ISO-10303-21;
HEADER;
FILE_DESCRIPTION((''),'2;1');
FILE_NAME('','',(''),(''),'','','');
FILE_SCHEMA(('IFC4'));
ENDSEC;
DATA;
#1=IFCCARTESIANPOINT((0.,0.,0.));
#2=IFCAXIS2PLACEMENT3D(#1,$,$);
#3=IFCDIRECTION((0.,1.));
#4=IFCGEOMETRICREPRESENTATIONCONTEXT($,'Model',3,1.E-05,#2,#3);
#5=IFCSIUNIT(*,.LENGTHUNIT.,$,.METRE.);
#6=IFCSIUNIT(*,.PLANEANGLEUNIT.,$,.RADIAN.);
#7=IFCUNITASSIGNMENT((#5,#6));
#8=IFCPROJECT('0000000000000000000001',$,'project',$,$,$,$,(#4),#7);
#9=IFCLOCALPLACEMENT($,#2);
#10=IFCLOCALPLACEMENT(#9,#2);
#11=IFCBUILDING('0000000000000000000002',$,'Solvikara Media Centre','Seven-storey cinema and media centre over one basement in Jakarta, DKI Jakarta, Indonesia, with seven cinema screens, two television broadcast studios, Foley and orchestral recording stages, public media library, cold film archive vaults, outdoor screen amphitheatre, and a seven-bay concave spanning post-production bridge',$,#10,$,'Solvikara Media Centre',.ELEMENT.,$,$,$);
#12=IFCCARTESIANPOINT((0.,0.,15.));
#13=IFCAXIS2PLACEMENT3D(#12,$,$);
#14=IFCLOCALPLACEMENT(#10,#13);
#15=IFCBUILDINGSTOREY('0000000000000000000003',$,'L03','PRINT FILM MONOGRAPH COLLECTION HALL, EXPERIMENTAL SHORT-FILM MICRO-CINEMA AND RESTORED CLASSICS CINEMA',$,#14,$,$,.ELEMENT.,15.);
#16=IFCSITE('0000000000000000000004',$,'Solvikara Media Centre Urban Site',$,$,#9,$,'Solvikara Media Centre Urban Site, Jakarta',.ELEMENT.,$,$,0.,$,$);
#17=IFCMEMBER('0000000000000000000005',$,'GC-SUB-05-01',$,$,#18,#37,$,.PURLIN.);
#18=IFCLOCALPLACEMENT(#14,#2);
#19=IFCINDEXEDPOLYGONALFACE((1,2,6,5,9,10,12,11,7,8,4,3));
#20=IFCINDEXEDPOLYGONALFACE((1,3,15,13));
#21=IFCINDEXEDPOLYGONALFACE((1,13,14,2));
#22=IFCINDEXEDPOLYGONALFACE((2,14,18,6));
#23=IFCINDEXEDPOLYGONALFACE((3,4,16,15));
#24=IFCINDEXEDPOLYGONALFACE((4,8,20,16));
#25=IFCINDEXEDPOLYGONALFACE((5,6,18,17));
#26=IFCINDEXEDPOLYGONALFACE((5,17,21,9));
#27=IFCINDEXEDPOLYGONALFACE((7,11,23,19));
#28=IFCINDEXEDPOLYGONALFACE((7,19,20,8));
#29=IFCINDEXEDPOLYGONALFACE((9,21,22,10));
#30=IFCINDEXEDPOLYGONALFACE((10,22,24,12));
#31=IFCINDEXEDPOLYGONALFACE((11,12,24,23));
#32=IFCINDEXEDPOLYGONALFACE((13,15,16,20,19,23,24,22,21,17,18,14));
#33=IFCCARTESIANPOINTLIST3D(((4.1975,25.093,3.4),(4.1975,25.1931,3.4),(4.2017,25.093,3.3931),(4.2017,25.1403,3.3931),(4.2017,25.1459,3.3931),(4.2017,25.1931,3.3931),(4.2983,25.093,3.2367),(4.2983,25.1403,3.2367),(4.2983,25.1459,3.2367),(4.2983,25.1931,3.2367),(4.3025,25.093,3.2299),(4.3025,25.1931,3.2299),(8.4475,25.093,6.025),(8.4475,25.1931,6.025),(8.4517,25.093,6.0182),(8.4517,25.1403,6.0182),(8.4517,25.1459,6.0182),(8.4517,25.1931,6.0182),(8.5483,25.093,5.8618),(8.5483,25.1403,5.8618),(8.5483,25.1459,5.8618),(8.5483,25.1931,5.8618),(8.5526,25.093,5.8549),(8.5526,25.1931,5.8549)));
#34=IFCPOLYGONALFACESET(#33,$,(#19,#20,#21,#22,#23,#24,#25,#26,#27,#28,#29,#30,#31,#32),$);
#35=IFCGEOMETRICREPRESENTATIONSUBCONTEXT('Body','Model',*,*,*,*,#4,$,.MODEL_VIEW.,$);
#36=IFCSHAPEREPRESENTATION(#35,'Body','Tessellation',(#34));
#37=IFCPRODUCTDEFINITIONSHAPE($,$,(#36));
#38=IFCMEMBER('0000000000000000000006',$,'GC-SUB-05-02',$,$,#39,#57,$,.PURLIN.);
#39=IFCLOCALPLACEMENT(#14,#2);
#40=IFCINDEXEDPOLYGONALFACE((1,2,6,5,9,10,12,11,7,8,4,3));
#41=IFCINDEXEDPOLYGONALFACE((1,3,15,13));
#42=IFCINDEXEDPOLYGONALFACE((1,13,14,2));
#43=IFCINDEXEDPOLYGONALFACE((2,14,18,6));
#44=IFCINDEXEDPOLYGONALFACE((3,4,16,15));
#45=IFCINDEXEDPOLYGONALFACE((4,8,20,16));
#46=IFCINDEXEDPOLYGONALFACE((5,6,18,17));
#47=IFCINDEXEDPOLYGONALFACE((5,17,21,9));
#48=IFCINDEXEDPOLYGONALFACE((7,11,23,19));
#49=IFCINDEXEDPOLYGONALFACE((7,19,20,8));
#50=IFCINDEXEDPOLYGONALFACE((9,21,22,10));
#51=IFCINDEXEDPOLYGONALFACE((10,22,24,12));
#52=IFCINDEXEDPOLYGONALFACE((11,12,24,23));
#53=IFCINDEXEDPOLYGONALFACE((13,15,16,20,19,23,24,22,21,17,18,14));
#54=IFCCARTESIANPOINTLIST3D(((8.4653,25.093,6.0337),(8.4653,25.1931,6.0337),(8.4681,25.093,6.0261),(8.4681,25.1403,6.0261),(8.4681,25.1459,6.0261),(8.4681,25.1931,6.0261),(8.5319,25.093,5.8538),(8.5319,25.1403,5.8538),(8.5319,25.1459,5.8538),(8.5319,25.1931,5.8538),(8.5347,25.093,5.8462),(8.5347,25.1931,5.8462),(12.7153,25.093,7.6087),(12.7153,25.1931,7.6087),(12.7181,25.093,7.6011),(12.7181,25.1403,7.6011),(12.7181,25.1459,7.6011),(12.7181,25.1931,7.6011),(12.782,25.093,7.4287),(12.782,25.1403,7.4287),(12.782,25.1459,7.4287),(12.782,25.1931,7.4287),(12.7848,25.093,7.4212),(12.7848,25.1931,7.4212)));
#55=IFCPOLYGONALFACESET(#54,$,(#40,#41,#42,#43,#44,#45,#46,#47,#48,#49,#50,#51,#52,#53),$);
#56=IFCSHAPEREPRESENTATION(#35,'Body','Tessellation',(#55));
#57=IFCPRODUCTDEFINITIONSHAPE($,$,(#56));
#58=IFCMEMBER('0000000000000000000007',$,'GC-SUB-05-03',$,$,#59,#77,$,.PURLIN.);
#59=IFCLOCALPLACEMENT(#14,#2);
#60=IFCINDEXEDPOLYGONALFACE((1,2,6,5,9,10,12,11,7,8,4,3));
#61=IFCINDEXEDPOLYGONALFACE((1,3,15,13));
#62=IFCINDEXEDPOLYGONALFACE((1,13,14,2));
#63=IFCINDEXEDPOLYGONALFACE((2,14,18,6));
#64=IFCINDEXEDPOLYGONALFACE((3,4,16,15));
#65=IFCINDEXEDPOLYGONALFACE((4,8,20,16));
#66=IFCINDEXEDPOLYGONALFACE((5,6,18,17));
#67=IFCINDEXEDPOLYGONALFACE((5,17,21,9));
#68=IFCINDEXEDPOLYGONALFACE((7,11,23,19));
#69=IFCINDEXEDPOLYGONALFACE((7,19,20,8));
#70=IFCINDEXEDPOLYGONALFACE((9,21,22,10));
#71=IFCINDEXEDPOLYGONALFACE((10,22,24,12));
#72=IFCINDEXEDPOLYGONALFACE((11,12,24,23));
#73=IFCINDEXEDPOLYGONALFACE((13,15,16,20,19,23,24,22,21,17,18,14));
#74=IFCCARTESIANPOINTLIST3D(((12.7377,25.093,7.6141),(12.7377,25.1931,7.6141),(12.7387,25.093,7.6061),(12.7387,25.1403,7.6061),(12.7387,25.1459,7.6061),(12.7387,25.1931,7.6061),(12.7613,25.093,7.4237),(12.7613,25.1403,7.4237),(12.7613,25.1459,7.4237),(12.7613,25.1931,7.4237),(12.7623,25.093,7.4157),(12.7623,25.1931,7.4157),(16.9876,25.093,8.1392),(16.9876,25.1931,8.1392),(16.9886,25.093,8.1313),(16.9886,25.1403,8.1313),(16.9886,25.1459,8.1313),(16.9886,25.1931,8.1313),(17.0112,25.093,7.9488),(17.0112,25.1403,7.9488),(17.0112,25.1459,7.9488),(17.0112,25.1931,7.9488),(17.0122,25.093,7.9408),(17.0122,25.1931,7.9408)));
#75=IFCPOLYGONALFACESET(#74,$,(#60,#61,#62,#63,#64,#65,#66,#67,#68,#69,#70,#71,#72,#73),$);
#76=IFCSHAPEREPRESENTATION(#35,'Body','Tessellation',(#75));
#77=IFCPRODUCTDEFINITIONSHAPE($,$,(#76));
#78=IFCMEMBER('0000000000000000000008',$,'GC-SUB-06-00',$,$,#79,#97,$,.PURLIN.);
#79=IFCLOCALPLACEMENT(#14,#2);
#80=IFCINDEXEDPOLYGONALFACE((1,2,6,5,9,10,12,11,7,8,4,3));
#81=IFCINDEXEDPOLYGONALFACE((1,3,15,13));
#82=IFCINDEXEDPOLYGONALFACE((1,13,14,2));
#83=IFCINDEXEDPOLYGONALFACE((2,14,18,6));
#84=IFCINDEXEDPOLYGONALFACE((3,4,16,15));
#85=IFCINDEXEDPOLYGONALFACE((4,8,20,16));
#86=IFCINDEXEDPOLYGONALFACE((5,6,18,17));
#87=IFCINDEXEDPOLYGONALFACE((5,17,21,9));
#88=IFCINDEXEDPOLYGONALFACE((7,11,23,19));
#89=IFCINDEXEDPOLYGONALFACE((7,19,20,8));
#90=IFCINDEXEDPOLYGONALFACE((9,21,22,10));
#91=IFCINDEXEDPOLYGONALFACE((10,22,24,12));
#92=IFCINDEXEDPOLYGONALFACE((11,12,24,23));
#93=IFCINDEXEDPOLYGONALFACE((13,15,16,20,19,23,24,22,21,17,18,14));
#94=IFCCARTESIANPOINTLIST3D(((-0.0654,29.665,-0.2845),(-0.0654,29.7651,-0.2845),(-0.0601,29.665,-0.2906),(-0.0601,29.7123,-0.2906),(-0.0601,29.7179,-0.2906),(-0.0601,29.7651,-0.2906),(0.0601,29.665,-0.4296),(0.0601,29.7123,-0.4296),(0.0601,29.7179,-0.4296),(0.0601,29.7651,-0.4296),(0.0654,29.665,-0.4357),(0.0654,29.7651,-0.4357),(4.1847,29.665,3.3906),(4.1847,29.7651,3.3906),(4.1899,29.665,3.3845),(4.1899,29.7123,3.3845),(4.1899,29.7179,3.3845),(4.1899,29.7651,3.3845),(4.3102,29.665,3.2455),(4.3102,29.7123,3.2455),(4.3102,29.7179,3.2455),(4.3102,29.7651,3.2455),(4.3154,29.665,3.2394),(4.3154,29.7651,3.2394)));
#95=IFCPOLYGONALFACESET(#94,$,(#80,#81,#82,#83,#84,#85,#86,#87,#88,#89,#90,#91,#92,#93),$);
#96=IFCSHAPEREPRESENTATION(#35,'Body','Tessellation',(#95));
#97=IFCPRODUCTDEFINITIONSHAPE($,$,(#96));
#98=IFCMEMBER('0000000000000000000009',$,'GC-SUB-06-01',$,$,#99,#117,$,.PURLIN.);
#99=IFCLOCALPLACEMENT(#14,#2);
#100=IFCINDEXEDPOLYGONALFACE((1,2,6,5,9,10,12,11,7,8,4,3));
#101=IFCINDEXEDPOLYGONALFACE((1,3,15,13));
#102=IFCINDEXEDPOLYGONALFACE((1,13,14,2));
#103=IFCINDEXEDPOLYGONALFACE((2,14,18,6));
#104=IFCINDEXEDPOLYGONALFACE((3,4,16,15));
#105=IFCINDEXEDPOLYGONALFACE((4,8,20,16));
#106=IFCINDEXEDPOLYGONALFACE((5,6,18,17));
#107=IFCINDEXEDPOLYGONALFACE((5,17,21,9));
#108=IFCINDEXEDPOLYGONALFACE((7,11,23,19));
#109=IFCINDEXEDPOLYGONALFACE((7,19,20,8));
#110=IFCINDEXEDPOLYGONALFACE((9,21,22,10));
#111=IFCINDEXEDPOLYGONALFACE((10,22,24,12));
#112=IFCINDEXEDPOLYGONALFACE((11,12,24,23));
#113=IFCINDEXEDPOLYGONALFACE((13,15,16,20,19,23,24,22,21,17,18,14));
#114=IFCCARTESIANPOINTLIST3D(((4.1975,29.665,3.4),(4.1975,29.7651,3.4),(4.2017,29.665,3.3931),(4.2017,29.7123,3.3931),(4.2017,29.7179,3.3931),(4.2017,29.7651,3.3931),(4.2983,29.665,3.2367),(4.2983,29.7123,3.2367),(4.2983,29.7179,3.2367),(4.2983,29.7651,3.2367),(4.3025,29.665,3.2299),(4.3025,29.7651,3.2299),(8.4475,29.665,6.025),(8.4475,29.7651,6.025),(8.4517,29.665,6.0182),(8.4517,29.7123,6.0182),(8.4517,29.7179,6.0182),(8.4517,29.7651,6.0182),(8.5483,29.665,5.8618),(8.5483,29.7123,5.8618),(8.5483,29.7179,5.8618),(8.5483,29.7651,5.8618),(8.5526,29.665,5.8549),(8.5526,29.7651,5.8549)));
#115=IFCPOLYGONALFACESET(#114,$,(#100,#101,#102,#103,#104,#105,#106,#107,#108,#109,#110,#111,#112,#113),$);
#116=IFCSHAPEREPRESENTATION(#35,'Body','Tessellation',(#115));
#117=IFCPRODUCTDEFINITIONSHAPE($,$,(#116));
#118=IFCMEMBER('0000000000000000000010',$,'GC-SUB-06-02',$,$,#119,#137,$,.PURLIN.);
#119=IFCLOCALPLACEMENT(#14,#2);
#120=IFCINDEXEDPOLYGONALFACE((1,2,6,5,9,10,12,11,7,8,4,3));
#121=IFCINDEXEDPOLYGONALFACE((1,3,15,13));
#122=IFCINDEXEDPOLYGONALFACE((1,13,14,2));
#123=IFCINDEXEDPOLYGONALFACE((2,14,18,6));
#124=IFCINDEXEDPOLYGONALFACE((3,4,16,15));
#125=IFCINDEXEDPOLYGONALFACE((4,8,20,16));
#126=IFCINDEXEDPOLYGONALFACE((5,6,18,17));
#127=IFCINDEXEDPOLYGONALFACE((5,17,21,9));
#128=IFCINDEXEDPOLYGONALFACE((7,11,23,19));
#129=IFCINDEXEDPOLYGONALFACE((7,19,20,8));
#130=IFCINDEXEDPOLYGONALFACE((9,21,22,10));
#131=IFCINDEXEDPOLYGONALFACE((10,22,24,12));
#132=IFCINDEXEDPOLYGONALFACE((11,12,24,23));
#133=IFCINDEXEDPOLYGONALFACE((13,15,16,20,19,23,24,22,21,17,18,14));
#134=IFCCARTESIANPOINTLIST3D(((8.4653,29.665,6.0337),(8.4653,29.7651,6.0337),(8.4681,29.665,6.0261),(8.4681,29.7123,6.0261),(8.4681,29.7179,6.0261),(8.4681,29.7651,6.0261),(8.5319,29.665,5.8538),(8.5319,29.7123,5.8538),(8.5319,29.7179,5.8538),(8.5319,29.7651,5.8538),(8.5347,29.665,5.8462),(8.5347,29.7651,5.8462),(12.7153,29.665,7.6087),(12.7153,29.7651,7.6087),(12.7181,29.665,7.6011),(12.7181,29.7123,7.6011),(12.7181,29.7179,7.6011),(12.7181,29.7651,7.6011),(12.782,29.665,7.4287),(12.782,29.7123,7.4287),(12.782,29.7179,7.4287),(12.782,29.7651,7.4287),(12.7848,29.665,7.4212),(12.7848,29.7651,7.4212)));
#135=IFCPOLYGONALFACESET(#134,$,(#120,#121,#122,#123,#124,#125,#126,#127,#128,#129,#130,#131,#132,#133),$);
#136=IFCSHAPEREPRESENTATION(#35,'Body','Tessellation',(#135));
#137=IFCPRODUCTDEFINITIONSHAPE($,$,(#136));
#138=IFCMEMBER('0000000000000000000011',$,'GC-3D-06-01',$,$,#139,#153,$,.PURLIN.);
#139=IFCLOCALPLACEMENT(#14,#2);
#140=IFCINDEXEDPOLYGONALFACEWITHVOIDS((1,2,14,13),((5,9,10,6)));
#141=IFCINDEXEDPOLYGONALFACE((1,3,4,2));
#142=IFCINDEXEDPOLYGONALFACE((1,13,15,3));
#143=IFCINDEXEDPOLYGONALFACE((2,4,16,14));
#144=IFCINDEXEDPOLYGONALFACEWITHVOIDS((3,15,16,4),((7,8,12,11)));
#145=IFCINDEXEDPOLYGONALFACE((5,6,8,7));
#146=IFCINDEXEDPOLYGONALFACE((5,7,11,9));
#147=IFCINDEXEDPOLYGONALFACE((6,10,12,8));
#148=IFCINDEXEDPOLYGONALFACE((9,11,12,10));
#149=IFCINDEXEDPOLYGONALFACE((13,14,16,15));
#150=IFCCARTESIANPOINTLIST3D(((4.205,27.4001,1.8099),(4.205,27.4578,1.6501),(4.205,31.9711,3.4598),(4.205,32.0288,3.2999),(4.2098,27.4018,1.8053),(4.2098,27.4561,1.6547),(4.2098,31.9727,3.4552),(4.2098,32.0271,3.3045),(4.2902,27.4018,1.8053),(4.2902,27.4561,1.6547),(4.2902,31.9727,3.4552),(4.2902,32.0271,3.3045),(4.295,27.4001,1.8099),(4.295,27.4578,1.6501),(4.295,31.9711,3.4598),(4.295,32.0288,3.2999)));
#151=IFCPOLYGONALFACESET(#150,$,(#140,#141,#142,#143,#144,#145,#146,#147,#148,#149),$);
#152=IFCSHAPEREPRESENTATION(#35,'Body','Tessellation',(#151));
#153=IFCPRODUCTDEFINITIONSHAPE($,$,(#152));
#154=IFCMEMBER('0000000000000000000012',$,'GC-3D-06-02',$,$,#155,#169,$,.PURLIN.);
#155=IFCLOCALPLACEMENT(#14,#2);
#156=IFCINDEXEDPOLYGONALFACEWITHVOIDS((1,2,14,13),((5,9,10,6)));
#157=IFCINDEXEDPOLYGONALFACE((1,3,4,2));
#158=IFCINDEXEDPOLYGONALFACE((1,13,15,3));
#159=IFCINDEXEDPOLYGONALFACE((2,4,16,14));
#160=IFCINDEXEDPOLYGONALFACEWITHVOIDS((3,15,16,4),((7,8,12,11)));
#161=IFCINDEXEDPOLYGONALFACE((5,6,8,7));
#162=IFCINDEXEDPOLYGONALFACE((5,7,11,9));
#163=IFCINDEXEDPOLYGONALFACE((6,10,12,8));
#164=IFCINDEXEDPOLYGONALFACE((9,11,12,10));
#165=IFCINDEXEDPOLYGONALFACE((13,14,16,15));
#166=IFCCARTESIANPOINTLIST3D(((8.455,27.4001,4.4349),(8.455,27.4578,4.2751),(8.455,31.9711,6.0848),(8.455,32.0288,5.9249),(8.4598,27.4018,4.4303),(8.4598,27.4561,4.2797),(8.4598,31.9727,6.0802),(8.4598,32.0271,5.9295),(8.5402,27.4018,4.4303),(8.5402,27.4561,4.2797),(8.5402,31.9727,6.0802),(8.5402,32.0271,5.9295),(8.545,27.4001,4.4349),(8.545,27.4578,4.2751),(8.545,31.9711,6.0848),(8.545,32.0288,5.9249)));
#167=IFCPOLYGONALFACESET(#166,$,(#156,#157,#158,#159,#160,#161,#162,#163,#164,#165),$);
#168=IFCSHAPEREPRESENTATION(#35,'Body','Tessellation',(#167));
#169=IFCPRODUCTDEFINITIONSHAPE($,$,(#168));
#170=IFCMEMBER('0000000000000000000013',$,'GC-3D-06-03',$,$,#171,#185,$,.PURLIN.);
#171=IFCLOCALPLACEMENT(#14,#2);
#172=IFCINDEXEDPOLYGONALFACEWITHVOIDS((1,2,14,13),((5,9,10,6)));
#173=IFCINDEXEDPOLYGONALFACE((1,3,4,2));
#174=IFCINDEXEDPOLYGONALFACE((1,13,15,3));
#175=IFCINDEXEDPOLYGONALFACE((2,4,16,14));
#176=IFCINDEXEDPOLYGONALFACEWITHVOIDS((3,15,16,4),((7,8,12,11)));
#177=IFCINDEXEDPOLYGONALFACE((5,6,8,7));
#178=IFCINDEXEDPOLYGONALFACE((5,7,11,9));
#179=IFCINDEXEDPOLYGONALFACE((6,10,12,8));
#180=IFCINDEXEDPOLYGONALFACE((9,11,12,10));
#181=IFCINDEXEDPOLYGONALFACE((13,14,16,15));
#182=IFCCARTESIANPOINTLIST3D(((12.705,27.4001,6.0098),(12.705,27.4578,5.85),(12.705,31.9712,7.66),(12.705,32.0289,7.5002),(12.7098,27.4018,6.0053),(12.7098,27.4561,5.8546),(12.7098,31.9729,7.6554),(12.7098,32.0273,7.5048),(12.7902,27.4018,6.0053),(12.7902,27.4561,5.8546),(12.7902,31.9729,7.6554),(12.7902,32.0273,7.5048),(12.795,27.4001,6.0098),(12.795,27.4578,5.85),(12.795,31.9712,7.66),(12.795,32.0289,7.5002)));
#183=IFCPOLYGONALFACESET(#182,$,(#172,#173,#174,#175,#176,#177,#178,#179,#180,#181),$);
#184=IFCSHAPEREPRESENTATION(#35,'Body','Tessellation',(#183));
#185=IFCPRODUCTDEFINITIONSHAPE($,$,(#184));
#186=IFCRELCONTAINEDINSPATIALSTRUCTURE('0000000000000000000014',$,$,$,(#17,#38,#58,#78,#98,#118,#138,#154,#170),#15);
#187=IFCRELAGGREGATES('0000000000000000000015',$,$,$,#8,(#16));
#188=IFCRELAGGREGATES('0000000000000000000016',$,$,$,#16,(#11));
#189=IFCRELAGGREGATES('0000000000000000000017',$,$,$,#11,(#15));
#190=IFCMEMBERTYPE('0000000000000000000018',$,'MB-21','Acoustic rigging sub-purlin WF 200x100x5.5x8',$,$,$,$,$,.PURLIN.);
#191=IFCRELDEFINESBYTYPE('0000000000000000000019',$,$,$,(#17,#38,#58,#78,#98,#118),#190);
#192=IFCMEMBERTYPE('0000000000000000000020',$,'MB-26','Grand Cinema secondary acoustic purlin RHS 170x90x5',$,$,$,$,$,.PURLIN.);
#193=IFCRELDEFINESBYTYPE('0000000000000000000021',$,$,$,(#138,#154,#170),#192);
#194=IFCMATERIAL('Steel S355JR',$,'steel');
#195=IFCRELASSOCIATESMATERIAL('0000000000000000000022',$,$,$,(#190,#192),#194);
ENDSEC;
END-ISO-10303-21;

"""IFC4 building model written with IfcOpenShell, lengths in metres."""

from ifc_helpers import new_model, si_unit, direction, frame, origin, origin_2d, place, context, subcontext, project, spatial, hollow_rectangle, i_section, extrude, material, material_profile, profile_set, type_object, element, save


model = new_model("IFC4")

# Units and contexts
model_context = context("Model", 3, precision=1e-05, world=origin(), true_north=direction((0.0, 1.0)))
body_context = subcontext(model_context, "Body", "Model", "MODEL_VIEW")
ifc_project = project(units=[si_unit("LENGTHUNIT", "METRE"), si_unit("PLANEANGLEUNIT", "RADIAN")], contexts=[model_context])

# Site, building, storey
site_placement = place(None, origin())
site = spatial("IfcSite", under=ifc_project, at=site_placement, Name="Solvikara Media Centre Urban Site", LongName="Solvikara Media Centre Urban Site, Jakarta", CompositionType="ELEMENT", RefElevation=0.0)
building_placement = place(site_placement, origin())
building = spatial("IfcBuilding", under=site, at=building_placement, Name="Solvikara Media Centre", Description="Seven-storey cinema and media centre over one basement in Jakarta, DKI Jakarta, Indonesia, with seven cinema screens, two television broadcast studios, Foley and orchestral recording stages, public media library, cold film archive vaults, outdoor screen amphitheatre, and a seven-bay concave spanning post-production bridge", LongName="Solvikara Media Centre", CompositionType="ELEMENT")
storey_placement = place(building_placement, frame((0.0, 0.0, 15.0)))
storey = spatial("IfcBuildingStorey", under=building, at=storey_placement, Name="L03", Description="PRINT FILM MONOGRAPH COLLECTION HALL, EXPERIMENTAL SHORT-FILM MICRO-CINEMA AND RESTORED CLASSICS CINEMA", CompositionType="ELEMENT", Elevation=15.0)

# Shared definitions
ifc_material_1 = material(Name="Steel S355JR", Category="steel")

# Members
ifc_material_profile_1 = material_profile(ifc_material_1, i_section(OverallWidth=0.1001, OverallDepth=0.2, WebThickness=0.0056, FlangeThickness=0.0081, at=origin_2d()), Name="WF 200x100x5.5x8")
ifc_profile_set_1 = profile_set([ifc_material_profile_1], Name="Steel S355JR")
member_type_1 = type_object("IfcMemberType", Name="MB-21", Description="Acoustic rigging sub-purlin WF 200x100x5.5x8", PredefinedType="PURLIN", material=ifc_profile_set_1)
member_1_placement = place(storey_placement, frame((4.25, 25.1431, 3.3149), z_axis=(0.850798, 0.0, 0.525493), x_axis=(0.0, 1.0, 0.0)))
element("IfcMember", 1, at=member_1_placement, inside=storey, type_object=member_type_1, Name="GC-SUB-05-01", PredefinedType="PURLIN", context=body_context, shape_type="SweptSolid", body=[
    extrude(i_section(OverallWidth=0.1001, OverallDepth=0.2, WebThickness=0.0056, FlangeThickness=0.0081, at=origin_2d()), origin(), (0.0, 0.0, 1.0), 4.9954),
])
member_2_placement = place(storey_placement, frame((8.5, 25.1431, 5.9399), z_axis=(0.937686, 0.0, 0.347485), x_axis=(0.0, 1.0, 0.0)))
element("IfcMember", 2, at=member_2_placement, inside=storey, type_object=member_type_1, Name="GC-SUB-05-02", PredefinedType="PURLIN", context=body_context, shape_type="SweptSolid", body=[
    extrude(i_section(OverallWidth=0.1001, OverallDepth=0.2, WebThickness=0.0056, FlangeThickness=0.0081, at=origin_2d()), origin(), (0.0, 0.0, 1.0), 4.5325),
])
member_3_placement = place(storey_placement, frame((12.75, 25.1431, 7.5149), z_axis=(0.992452, 0.0, 0.122631), x_axis=(0.0, 1.0, 0.0)))
element("IfcMember", 3, at=member_3_placement, inside=storey, type_object=member_type_1, Name="GC-SUB-05-03", PredefinedType="PURLIN", context=body_context, shape_type="SweptSolid", body=[
    extrude(i_section(OverallWidth=0.1001, OverallDepth=0.2, WebThickness=0.0056, FlangeThickness=0.0081, at=origin_2d()), origin(), (0.0, 0.0, 1.0), 4.2822),
])
member_4_placement = place(storey_placement, frame((0.0, 29.7151, -0.3601), z_axis=(0.756418, 0.0, 0.654088), x_axis=(0.0, 1.0, 0.0)))
element("IfcMember", 4, at=member_4_placement, inside=storey, type_object=member_type_1, Name="GC-SUB-06-00", PredefinedType="PURLIN", context=body_context, shape_type="SweptSolid", body=[
    extrude(i_section(OverallWidth=0.1001, OverallDepth=0.2, WebThickness=0.0056, FlangeThickness=0.0081, at=origin_2d()), origin(), (0.0, 0.0, 1.0), 5.6187),
])
member_5_placement = place(storey_placement, frame((4.25, 29.7151, 3.3149), z_axis=(0.850798, 0.0, 0.525493), x_axis=(0.0, 1.0, 0.0)))
element("IfcMember", 5, at=member_5_placement, inside=storey, type_object=member_type_1, Name="GC-SUB-06-01", PredefinedType="PURLIN", context=body_context, shape_type="SweptSolid", body=[
    extrude(i_section(OverallWidth=0.1001, OverallDepth=0.2, WebThickness=0.0056, FlangeThickness=0.0081, at=origin_2d()), origin(), (0.0, 0.0, 1.0), 4.9954),
])
member_6_placement = place(storey_placement, frame((8.5, 29.7151, 5.9399), z_axis=(0.937686, 0.0, 0.347485), x_axis=(0.0, 1.0, 0.0)))
element("IfcMember", 6, at=member_6_placement, inside=storey, type_object=member_type_1, Name="GC-SUB-06-02", PredefinedType="PURLIN", context=body_context, shape_type="SweptSolid", body=[
    extrude(i_section(OverallWidth=0.1001, OverallDepth=0.2, WebThickness=0.0056, FlangeThickness=0.0081, at=origin_2d()), origin(), (0.0, 0.0, 1.0), 4.5325),
])
ifc_material_profile_2 = material_profile(ifc_material_1, hollow_rectangle(XDim=0.0901, YDim=0.1699, WallThickness=0.0049, at=origin_2d()), Name="RHS 170x90x5")
ifc_profile_set_2 = profile_set([ifc_material_profile_2], Name="Steel S355JR")
member_type_2 = type_object("IfcMemberType", Name="MB-26", Description="Grand Cinema secondary acoustic purlin RHS 170x90x5", PredefinedType="PURLIN", material=ifc_profile_set_2)
for number, where, z_axis, x_axis, name in (
    (7, (4.25, 27.429, 1.73), (0.0, 0.940603, 0.339507), (-1.0, 0.0, 0.0), "GC-3D-06-01"),
    (8, (8.5, 27.429, 4.355), (0.0, 0.940603, 0.339507), (-1.0, 0.0, 0.0), "GC-3D-06-02"),
):
    element("IfcMember", number, at=place(storey_placement, frame(where, z_axis=z_axis, x_axis=x_axis)), inside=storey, type_object=member_type_2, Name=name, PredefinedType="PURLIN", context=body_context, shape_type="SweptSolid", body=[
        extrude(hollow_rectangle(XDim=0.0901, YDim=0.1699, WallThickness=0.0049, at=origin_2d()), origin(), (0.0, 0.0, 1.0), 4.8596),
    ])
member_7_placement = place(storey_placement, frame((12.75, 27.429, 5.9299), z_axis=(0.0, 0.940587, 0.339552), x_axis=(-1.0, 0.0, 0.0)))
element("IfcMember", 9, at=member_7_placement, inside=storey, type_object=member_type_2, Name="GC-3D-06-03", PredefinedType="PURLIN", context=body_context, shape_type="SweptSolid", body=[
    extrude(hollow_rectangle(XDim=0.0901, YDim=0.1699, WallThickness=0.0049, at=origin_2d()), origin(), (0.0, 0.0, 1.0), 4.8599),
])

save(model, "model.ifc")
